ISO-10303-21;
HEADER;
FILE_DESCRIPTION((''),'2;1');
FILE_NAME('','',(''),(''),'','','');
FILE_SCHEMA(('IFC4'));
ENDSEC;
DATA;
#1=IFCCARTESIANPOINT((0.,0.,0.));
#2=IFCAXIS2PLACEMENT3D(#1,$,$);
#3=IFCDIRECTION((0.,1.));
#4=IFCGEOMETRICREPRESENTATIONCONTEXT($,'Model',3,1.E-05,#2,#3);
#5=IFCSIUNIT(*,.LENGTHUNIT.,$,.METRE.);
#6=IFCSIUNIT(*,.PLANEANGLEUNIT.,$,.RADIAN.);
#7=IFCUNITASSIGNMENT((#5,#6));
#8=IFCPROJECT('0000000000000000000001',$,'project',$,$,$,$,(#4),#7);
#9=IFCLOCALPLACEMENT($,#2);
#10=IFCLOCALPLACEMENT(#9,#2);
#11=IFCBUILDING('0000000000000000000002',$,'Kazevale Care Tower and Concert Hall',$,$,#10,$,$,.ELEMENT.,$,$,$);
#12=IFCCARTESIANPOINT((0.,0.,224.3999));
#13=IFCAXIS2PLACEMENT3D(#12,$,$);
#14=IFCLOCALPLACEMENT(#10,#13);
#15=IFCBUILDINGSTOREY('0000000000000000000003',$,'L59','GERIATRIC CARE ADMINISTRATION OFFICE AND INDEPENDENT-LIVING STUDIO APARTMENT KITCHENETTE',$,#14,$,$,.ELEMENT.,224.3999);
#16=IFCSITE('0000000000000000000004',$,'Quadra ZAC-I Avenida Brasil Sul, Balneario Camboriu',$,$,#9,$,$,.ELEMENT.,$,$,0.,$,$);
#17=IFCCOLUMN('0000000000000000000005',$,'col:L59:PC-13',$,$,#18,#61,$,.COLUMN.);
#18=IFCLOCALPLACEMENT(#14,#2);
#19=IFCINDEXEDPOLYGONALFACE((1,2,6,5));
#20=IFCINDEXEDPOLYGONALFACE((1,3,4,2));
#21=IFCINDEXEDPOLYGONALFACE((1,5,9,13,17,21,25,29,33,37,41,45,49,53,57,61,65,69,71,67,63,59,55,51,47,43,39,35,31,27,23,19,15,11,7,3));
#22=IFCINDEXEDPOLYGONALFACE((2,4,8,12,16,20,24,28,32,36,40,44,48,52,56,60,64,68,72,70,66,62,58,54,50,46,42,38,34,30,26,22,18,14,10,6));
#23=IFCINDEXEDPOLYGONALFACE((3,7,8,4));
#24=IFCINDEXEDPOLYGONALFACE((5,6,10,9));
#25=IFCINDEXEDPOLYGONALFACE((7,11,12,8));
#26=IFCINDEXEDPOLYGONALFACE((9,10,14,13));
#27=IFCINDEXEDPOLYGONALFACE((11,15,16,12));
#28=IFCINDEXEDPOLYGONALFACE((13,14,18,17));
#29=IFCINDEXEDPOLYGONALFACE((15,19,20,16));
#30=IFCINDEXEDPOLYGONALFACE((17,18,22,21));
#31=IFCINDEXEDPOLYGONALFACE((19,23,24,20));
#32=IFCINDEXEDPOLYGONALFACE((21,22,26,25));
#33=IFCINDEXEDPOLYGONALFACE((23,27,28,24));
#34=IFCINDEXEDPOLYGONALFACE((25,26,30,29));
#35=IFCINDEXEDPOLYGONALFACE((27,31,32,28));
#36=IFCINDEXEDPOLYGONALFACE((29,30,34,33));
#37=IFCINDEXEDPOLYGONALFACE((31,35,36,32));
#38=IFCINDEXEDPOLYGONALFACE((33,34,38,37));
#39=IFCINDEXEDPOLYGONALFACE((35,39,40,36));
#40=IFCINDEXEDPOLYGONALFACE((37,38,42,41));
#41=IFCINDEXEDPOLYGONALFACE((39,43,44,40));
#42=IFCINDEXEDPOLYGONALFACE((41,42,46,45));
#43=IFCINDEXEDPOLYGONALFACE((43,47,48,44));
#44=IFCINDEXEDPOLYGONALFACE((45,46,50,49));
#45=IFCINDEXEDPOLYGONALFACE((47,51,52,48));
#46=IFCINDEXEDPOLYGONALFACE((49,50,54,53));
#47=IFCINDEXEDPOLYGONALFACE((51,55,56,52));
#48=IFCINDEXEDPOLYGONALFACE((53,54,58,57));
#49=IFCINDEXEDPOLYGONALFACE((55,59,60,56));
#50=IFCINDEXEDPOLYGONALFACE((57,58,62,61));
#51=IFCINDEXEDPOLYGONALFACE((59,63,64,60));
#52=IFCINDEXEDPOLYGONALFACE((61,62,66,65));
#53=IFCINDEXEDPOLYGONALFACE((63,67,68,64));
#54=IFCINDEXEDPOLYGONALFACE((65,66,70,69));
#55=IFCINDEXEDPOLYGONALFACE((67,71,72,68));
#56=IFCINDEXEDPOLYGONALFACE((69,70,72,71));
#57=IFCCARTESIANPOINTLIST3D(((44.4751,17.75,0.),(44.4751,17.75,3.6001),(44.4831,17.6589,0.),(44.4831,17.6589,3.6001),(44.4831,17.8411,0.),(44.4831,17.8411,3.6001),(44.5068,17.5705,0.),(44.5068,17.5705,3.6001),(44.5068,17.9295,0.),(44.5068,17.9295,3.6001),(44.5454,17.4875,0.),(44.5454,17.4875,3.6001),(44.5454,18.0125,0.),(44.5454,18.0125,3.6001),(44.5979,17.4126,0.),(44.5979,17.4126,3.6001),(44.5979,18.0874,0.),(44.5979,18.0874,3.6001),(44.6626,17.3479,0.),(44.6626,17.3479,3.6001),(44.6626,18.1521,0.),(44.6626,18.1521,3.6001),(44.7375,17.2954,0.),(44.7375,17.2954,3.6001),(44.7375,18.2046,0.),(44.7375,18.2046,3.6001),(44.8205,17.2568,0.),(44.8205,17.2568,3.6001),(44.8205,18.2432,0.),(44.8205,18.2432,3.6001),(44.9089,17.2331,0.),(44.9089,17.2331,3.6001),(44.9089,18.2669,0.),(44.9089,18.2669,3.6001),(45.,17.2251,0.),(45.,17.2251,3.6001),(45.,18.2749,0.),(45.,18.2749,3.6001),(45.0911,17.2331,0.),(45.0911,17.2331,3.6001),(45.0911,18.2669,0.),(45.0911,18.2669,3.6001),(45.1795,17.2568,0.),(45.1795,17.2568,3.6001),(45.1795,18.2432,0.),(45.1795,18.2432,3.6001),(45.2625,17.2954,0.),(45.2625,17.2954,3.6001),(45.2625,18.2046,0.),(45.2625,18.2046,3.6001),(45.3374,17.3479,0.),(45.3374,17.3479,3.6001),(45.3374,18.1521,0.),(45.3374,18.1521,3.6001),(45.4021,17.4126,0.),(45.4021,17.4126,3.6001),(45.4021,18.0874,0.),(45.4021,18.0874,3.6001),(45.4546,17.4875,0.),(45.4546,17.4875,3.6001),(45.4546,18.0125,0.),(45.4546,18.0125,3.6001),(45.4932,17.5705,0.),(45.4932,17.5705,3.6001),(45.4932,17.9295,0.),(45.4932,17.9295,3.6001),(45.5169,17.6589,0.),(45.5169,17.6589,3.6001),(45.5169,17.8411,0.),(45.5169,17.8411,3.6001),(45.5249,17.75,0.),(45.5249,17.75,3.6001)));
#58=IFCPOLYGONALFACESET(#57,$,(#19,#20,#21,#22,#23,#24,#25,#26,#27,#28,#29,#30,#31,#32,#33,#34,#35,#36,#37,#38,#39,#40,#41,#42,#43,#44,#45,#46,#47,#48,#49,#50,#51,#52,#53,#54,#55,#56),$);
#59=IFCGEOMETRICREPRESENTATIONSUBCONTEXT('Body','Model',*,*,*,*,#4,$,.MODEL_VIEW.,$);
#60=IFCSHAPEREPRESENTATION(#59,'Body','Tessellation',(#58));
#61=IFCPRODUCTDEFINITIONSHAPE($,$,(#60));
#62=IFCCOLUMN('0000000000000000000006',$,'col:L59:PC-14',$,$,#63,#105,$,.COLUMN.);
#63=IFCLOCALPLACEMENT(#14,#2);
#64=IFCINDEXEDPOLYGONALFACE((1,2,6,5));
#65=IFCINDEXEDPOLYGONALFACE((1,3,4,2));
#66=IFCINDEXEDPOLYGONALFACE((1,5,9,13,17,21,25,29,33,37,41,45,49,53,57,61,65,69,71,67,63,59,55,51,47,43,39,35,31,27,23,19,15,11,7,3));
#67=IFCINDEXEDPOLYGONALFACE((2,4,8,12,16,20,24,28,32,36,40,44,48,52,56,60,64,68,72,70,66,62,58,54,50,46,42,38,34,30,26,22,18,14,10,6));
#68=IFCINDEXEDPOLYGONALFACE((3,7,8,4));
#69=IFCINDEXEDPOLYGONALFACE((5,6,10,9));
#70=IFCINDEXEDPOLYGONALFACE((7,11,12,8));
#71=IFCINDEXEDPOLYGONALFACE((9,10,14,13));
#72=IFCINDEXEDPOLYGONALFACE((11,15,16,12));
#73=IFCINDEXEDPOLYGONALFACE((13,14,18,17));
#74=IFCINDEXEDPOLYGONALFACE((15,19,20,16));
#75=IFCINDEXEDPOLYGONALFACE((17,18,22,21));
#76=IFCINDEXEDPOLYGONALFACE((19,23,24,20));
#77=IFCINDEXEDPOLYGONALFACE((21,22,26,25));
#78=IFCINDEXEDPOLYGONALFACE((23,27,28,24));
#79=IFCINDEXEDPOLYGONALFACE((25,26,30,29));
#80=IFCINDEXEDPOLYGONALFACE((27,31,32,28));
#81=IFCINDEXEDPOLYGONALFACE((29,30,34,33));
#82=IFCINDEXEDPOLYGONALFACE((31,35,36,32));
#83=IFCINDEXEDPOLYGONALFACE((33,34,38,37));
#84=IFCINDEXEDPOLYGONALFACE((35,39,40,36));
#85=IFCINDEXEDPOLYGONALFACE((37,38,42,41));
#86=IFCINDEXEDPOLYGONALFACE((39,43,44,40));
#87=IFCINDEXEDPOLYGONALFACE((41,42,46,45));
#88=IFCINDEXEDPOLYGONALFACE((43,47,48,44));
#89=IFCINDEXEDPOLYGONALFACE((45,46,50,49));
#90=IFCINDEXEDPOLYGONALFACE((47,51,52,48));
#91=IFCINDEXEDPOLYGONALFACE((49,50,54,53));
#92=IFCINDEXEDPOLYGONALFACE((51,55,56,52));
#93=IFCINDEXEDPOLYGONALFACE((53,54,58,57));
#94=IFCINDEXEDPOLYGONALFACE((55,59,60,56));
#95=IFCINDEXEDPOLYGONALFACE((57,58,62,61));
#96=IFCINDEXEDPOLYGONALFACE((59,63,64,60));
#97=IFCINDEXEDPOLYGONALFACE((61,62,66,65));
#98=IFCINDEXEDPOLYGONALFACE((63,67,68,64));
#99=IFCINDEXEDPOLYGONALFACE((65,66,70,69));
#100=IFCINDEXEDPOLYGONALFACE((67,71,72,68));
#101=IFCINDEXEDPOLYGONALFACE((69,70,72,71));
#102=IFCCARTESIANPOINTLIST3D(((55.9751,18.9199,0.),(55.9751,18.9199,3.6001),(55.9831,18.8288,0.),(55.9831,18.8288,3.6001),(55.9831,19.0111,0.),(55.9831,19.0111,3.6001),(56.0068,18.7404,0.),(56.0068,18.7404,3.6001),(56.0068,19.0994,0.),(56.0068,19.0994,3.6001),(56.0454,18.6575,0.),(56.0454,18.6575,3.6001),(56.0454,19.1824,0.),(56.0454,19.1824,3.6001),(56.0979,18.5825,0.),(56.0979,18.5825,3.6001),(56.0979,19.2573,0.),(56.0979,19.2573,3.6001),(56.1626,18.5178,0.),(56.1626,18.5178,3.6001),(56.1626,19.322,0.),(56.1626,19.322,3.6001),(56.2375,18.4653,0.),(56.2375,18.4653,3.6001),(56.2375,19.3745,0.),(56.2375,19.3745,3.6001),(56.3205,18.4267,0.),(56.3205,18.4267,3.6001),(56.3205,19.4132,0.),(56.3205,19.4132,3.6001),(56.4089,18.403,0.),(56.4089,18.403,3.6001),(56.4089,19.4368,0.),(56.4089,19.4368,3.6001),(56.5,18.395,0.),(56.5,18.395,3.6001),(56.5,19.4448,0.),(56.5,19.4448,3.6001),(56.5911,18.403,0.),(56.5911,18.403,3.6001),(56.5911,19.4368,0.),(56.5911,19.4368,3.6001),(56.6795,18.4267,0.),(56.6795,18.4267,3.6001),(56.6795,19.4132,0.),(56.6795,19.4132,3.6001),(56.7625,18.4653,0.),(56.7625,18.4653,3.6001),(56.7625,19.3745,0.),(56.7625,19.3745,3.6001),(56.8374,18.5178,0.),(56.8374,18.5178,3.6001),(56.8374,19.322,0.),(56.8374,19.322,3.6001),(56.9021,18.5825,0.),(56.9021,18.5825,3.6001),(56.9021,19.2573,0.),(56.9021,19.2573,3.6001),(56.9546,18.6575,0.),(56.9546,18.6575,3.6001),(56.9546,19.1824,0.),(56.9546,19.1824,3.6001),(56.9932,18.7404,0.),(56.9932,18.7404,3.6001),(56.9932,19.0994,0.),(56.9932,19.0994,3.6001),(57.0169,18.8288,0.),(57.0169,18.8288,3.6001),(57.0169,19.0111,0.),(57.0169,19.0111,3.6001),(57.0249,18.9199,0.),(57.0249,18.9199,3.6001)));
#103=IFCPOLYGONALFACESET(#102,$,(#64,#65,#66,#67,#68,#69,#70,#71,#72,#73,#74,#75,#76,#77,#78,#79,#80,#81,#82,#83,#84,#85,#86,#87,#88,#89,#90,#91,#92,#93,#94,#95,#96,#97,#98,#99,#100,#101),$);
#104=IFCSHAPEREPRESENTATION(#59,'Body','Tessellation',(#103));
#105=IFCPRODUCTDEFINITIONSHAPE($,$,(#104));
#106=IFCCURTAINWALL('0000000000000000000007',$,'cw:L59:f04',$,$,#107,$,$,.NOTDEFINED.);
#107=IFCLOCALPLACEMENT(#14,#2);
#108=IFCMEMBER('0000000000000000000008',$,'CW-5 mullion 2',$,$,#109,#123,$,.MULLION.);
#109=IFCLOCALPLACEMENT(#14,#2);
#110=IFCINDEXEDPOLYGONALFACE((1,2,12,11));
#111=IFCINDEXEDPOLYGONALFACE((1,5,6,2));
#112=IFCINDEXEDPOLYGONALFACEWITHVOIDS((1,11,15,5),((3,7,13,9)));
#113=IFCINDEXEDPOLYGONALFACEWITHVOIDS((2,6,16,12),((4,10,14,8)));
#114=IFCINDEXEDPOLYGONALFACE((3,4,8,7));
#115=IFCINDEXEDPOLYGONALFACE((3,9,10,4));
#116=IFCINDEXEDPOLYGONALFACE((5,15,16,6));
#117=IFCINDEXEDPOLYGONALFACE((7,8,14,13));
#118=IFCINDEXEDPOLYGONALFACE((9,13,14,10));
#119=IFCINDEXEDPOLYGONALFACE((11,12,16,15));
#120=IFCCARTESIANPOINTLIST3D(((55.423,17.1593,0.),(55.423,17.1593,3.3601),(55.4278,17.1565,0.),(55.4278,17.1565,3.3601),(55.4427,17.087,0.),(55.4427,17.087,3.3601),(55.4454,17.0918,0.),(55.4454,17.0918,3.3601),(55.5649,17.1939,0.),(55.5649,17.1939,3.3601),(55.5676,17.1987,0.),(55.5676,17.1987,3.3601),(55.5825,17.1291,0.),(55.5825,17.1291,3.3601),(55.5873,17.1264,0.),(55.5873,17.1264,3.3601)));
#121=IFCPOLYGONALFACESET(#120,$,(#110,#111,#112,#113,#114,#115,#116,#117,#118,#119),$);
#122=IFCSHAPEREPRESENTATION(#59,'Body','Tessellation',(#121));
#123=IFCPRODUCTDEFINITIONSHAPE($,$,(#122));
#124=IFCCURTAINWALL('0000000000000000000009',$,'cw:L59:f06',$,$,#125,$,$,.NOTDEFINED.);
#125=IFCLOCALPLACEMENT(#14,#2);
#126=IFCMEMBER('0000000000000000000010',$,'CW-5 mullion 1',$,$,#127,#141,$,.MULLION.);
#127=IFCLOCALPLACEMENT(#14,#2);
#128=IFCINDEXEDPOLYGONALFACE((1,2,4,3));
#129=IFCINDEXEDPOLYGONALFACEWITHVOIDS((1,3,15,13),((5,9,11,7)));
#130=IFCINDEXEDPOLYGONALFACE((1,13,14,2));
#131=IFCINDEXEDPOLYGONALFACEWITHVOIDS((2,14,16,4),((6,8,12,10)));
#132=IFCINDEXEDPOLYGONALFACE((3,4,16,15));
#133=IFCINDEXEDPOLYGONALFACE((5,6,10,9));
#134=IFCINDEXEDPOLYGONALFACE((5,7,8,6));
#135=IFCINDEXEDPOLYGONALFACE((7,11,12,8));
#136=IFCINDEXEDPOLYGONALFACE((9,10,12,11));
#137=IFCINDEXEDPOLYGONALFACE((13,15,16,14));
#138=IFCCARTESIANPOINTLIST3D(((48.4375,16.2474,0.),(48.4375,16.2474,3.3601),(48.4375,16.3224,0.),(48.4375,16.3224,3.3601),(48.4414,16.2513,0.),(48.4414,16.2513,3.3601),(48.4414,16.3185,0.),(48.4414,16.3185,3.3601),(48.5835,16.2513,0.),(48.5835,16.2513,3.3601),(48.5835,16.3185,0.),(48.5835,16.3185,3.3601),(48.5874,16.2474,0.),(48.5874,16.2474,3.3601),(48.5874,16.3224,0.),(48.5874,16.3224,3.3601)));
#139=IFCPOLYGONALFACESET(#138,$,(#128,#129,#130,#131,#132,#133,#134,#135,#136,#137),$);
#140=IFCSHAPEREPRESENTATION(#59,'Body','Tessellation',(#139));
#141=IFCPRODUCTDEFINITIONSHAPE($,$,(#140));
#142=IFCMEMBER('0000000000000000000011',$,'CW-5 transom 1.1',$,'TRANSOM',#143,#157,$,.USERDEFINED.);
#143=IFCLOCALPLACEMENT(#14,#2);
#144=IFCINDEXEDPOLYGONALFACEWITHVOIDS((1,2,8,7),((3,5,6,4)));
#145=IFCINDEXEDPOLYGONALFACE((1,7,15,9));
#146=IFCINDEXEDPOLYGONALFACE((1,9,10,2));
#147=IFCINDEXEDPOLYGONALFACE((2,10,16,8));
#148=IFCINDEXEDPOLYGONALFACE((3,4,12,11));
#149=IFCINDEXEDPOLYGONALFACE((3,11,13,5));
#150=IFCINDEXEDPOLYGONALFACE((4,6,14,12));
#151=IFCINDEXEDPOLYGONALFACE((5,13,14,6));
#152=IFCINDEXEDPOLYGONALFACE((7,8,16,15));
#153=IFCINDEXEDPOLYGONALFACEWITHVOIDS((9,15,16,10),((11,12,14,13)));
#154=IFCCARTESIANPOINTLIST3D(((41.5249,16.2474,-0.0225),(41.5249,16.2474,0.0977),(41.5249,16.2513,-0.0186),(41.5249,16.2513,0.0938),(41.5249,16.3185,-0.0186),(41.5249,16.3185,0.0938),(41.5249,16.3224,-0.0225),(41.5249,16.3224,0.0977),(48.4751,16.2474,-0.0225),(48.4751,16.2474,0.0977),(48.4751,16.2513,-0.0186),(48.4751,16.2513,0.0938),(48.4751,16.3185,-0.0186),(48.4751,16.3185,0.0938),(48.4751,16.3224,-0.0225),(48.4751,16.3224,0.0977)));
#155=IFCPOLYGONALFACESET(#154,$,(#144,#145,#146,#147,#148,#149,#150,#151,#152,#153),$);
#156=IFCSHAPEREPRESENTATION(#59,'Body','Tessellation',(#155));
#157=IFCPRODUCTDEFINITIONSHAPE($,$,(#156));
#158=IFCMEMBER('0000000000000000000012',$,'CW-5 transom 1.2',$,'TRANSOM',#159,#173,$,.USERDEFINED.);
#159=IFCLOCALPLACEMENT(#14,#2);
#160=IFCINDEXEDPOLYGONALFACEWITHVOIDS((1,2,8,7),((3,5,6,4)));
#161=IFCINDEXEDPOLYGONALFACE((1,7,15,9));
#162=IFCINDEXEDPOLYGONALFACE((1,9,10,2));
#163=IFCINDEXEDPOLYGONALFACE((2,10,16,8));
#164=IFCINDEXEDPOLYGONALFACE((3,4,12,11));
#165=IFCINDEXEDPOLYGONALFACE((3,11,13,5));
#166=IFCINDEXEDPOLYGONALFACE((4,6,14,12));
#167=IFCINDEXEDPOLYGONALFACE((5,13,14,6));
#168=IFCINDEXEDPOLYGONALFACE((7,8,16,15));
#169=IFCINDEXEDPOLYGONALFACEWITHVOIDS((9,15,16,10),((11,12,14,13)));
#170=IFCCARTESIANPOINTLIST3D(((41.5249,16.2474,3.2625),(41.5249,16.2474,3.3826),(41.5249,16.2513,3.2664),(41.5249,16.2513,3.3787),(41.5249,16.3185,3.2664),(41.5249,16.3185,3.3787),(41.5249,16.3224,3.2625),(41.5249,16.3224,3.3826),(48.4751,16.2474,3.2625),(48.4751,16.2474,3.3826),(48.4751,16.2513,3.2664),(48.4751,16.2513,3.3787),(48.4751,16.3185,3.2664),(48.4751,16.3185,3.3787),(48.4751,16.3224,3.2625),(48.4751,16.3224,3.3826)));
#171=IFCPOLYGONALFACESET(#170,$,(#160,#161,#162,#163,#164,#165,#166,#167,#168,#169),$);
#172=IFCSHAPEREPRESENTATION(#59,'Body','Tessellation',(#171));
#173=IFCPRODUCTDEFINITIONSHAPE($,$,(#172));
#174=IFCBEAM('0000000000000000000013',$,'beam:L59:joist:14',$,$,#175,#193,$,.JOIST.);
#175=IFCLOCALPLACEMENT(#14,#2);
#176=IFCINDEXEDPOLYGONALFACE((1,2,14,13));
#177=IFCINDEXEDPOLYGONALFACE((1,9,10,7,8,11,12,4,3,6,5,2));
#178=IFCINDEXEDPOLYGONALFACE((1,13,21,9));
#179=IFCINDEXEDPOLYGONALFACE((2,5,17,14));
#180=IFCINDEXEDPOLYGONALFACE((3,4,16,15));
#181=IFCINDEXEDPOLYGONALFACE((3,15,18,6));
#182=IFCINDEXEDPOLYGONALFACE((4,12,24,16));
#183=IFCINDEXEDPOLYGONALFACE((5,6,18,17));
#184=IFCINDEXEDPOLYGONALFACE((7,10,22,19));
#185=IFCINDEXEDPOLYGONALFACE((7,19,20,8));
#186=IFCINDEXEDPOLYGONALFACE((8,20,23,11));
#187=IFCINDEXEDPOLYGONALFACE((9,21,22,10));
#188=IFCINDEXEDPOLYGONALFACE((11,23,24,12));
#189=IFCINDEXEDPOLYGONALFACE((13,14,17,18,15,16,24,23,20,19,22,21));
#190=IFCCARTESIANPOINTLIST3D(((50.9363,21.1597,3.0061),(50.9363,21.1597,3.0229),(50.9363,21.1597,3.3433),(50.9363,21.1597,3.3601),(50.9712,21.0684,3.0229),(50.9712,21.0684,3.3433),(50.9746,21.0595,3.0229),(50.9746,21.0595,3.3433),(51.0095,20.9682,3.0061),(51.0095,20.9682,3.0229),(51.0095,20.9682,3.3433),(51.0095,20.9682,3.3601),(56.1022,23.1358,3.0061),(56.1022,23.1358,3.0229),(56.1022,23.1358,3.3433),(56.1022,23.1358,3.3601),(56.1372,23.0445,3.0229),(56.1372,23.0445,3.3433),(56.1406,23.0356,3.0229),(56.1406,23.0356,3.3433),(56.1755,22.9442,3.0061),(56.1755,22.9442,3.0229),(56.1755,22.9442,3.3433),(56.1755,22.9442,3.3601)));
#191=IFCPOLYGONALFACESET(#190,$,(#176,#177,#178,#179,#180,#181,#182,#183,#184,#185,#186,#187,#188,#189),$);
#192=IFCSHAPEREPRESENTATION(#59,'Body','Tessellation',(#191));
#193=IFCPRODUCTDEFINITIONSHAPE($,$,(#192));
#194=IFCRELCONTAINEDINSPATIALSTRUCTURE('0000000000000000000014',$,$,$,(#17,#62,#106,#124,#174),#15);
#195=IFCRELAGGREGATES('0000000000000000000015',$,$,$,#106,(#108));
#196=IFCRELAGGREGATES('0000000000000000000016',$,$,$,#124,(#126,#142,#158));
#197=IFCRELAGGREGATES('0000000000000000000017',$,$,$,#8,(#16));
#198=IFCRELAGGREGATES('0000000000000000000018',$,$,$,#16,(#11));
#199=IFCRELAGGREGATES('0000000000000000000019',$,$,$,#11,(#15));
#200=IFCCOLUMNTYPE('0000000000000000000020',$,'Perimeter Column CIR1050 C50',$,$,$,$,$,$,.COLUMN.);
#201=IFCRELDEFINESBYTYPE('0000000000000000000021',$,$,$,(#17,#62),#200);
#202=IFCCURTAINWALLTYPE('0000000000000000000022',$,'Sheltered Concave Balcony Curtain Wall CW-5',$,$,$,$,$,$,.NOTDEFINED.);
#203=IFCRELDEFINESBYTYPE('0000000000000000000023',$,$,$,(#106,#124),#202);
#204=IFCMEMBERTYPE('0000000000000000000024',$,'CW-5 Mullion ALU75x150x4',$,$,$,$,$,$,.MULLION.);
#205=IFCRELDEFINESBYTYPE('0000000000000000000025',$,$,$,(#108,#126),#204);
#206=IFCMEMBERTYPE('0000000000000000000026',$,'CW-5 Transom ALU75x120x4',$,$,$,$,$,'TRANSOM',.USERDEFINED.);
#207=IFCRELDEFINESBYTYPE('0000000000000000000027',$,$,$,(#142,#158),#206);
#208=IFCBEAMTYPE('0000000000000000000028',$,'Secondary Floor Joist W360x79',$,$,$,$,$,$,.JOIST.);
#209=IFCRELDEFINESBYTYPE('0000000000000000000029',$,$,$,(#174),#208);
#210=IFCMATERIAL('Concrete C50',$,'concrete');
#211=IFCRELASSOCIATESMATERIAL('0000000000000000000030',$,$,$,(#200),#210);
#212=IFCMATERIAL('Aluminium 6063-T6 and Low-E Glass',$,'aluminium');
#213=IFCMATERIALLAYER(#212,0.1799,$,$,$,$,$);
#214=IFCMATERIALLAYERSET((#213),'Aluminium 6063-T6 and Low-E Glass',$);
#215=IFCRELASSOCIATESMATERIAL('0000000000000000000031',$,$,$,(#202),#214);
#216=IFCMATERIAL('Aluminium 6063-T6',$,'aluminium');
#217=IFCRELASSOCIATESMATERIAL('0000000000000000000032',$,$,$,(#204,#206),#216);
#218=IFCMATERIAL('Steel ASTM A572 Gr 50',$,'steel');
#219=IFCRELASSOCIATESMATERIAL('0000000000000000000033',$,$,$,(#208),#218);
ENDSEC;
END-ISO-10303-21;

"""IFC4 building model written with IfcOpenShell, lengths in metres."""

from ifc_helpers import new_model, si_unit, direction, frame, origin, origin_2d, place, context, subcontext, project, spatial, hollow_rectangle, circle, i_section, extrude, material, layer, layer_set, material_profile, profile_set, type_object, element, aggregate, save


model = new_model("IFC4")

# Units and contexts
model_context = context("Model", 3, precision=1e-05, world=origin(), true_north=direction((0.0, 1.0)))
body_context = subcontext(model_context, "Body", "Model", "MODEL_VIEW")
ifc_project = project(units=[si_unit("LENGTHUNIT", "METRE"), si_unit("PLANEANGLEUNIT", "RADIAN")], contexts=[model_context])

# Site, building, storey
site_placement = place(None, origin())
site = spatial("IfcSite", under=ifc_project, at=site_placement, Name="Quadra ZAC-I Avenida Brasil Sul, Balneario Camboriu", CompositionType="ELEMENT", RefElevation=0.0)
building_placement = place(site_placement, origin())
building = spatial("IfcBuilding", under=site, at=building_placement, Name="Kazevale Care Tower and Concert Hall", CompositionType="ELEMENT")
storey_placement = place(building_placement, frame((0.0, 0.0, 224.3999)))
storey = spatial("IfcBuildingStorey", under=building, at=storey_placement, Name="L59", Description="GERIATRIC CARE ADMINISTRATION OFFICE AND INDEPENDENT-LIVING STUDIO APARTMENT KITCHENETTE", CompositionType="ELEMENT", Elevation=224.3999)

# Columns
ifc_material_1 = material(Name="Concrete C50", Category="concrete")
ifc_material_profile_1 = material_profile(ifc_material_1, circle(Radius=0.5249, at=origin_2d()), Name="RC-CIR1050")
ifc_profile_set_1 = profile_set([ifc_material_profile_1], Name="Concrete C50")
column_type = type_object("IfcColumnType", Name="Perimeter Column CIR1050 C50", PredefinedType="COLUMN", material=ifc_profile_set_1)
for number, where, z_axis, x_axis, name in (
    (1, (45.0, 17.75, 0.0), (0.0, 0.0, 1.0), (1.0, 0.0, 0.0), "col:L59:PC-13"),
    (2, (56.5, 18.9199, 0.0), (0.0, 0.0, 1.0), (1.0, 0.0, 0.0), "col:L59:PC-14"),
):
    element("IfcColumn", number, at=place(storey_placement, frame(where, z_axis=z_axis, x_axis=x_axis)), inside=storey, type_object=column_type, Name=name, PredefinedType="COLUMN", context=body_context, shape_type="SweptSolid", body=[
        extrude(circle(Radius=0.5249, at=origin_2d()), origin(), (0.0, 0.0, 1.0), 3.6001),
    ])

# Curtain wall, member
ifc_material_2 = material(Name="Aluminium 6063-T6 and Low-E Glass", Category="aluminium")
ifc_layer_1 = layer(ifc_material_2, 0.1799)
ifc_layer_set_1 = layer_set([ifc_layer_1], Name="Aluminium 6063-T6 and Low-E Glass")
curtain_wall_type = type_object("IfcCurtainWallType", Name="Sheltered Concave Balcony Curtain Wall CW-5", PredefinedType="NOTDEFINED", material=ifc_layer_set_1)
curtain_wall_1_placement = place(storey_placement, origin())
curtain_wall_1 = element("IfcCurtainWall", 3, at=curtain_wall_1_placement, inside=storey, type_object=curtain_wall_type, Name="cw:L59:f04", PredefinedType="NOTDEFINED")
ifc_material_3 = material(Name="Aluminium 6063-T6", Category="aluminium")
ifc_material_profile_2 = material_profile(ifc_material_3, hollow_rectangle(XDim=0.075, YDim=0.1499, WallThickness=0.0039, at=origin_2d()), Name="ALU75x150x4")
ifc_profile_set_2 = profile_set([ifc_material_profile_2], Name="Aluminium 6063-T6")
member_type_1 = type_object("IfcMemberType", Name="CW-5 Mullion ALU75x150x4", PredefinedType="MULLION", material=ifc_profile_set_2)
member_1_placement = place(storey_placement, frame((55.5051, 17.1428, 0.0), z_axis=(0.0, 0.0, 1.0), x_axis=(0.262849, -0.964837, 0.0)))
member_1 = element("IfcMember", 4, at=member_1_placement, type_object=member_type_1, Name="CW-5 mullion 2", PredefinedType="MULLION", context=body_context, shape_type="SweptSolid", body=[
    extrude(hollow_rectangle(XDim=0.075, YDim=0.1499, WallThickness=0.0039, at=origin_2d()), origin(), (0.0, 0.0, 1.0), 3.3601),
])
aggregate(curtain_wall_1, [member_1])

# Curtain wall, members
curtain_wall_2_placement = place(storey_placement, origin())
curtain_wall_2 = element("IfcCurtainWall", 5, at=curtain_wall_2_placement, inside=storey, type_object=curtain_wall_type, Name="cw:L59:f06", PredefinedType="NOTDEFINED")
member_2_placement = place(storey_placement, frame((48.5125, 16.2849, 0.0), z_axis=(0.0, 0.0, 1.0), x_axis=(0.0, -1.0, 0.0)))
member_2 = element("IfcMember", 6, at=member_2_placement, type_object=member_type_1, Name="CW-5 mullion 1", PredefinedType="MULLION", context=body_context, shape_type="SweptSolid", body=[
    extrude(hollow_rectangle(XDim=0.075, YDim=0.1499, WallThickness=0.0039, at=origin_2d()), origin(), (0.0, 0.0, 1.0), 3.3601),
])
ifc_material_profile_3 = material_profile(ifc_material_3, hollow_rectangle(XDim=0.075, YDim=0.1201, WallThickness=0.0039, at=origin_2d()), Name="ALU75x120x4")
ifc_profile_set_3 = profile_set([ifc_material_profile_3], Name="Aluminium 6063-T6")
member_type_2 = type_object("IfcMemberType", Name="CW-5 Transom ALU75x120x4", ElementType="TRANSOM", PredefinedType="USERDEFINED", material=ifc_profile_set_3)
member_3_placement = place(storey_placement, frame((48.4751, 16.2849, 0.0376), z_axis=(-1.0, 0.0, 0.0), x_axis=(0.0, -1.0, 0.0)))
member_3 = element("IfcMember", 7, at=member_3_placement, type_object=member_type_2, Name="CW-5 transom 1.1", ObjectType="TRANSOM", PredefinedType="USERDEFINED", context=body_context, shape_type="SweptSolid", body=[
    extrude(hollow_rectangle(XDim=0.075, YDim=0.1201, WallThickness=0.0039, at=origin_2d()), origin(), (0.0, 0.0, 1.0), 6.9502),
])
member_4_placement = place(storey_placement, frame((48.4751, 16.2849, 3.3225), z_axis=(-1.0, 0.0, 0.0), x_axis=(0.0, -1.0, 0.0)))
member_4 = element("IfcMember", 8, at=member_4_placement, type_object=member_type_2, Name="CW-5 transom 1.2", ObjectType="TRANSOM", PredefinedType="USERDEFINED", context=body_context, shape_type="SweptSolid", body=[
    extrude(hollow_rectangle(XDim=0.075, YDim=0.1201, WallThickness=0.0039, at=origin_2d()), origin(), (0.0, 0.0, 1.0), 6.9502),
])

# Beam
ifc_material_4 = material(Name="Steel ASTM A572 Gr 50", Category="steel")
ifc_material_profile_4 = material_profile(ifc_material_4, i_section(OverallWidth=0.2051, OverallDepth=0.354, WebThickness=0.0095, FlangeThickness=0.0168, at=origin_2d()), Name="W360x79")
ifc_profile_set_4 = profile_set([ifc_material_profile_4], Name="Steel ASTM A572 Gr 50")
beam_type_1 = type_object("IfcBeamType", Name="Secondary Floor Joist W360x79", PredefinedType="JOIST", material=ifc_profile_set_4)
beam_1_placement = place(storey_placement, frame((50.9729, 21.064, 3.1831), z_axis=(0.934002, 0.357269, 0.0), x_axis=(-0.357269, 0.934002, 0.0)))
element("IfcBeam", 9, at=beam_1_placement, inside=storey, type_object=beam_type_1, Name="beam:L59:joist:14", PredefinedType="JOIST", context=body_context, shape_type="SweptSolid", body=[
    extrude(i_section(OverallWidth=0.2051, OverallDepth=0.354, WebThickness=0.0095, FlangeThickness=0.0168, at=origin_2d()), origin(), (0.0, 0.0, 1.0), 5.531),
])

aggregate(curtain_wall_2, [member_2, member_3, member_4])

save(model, "model.ifc")
